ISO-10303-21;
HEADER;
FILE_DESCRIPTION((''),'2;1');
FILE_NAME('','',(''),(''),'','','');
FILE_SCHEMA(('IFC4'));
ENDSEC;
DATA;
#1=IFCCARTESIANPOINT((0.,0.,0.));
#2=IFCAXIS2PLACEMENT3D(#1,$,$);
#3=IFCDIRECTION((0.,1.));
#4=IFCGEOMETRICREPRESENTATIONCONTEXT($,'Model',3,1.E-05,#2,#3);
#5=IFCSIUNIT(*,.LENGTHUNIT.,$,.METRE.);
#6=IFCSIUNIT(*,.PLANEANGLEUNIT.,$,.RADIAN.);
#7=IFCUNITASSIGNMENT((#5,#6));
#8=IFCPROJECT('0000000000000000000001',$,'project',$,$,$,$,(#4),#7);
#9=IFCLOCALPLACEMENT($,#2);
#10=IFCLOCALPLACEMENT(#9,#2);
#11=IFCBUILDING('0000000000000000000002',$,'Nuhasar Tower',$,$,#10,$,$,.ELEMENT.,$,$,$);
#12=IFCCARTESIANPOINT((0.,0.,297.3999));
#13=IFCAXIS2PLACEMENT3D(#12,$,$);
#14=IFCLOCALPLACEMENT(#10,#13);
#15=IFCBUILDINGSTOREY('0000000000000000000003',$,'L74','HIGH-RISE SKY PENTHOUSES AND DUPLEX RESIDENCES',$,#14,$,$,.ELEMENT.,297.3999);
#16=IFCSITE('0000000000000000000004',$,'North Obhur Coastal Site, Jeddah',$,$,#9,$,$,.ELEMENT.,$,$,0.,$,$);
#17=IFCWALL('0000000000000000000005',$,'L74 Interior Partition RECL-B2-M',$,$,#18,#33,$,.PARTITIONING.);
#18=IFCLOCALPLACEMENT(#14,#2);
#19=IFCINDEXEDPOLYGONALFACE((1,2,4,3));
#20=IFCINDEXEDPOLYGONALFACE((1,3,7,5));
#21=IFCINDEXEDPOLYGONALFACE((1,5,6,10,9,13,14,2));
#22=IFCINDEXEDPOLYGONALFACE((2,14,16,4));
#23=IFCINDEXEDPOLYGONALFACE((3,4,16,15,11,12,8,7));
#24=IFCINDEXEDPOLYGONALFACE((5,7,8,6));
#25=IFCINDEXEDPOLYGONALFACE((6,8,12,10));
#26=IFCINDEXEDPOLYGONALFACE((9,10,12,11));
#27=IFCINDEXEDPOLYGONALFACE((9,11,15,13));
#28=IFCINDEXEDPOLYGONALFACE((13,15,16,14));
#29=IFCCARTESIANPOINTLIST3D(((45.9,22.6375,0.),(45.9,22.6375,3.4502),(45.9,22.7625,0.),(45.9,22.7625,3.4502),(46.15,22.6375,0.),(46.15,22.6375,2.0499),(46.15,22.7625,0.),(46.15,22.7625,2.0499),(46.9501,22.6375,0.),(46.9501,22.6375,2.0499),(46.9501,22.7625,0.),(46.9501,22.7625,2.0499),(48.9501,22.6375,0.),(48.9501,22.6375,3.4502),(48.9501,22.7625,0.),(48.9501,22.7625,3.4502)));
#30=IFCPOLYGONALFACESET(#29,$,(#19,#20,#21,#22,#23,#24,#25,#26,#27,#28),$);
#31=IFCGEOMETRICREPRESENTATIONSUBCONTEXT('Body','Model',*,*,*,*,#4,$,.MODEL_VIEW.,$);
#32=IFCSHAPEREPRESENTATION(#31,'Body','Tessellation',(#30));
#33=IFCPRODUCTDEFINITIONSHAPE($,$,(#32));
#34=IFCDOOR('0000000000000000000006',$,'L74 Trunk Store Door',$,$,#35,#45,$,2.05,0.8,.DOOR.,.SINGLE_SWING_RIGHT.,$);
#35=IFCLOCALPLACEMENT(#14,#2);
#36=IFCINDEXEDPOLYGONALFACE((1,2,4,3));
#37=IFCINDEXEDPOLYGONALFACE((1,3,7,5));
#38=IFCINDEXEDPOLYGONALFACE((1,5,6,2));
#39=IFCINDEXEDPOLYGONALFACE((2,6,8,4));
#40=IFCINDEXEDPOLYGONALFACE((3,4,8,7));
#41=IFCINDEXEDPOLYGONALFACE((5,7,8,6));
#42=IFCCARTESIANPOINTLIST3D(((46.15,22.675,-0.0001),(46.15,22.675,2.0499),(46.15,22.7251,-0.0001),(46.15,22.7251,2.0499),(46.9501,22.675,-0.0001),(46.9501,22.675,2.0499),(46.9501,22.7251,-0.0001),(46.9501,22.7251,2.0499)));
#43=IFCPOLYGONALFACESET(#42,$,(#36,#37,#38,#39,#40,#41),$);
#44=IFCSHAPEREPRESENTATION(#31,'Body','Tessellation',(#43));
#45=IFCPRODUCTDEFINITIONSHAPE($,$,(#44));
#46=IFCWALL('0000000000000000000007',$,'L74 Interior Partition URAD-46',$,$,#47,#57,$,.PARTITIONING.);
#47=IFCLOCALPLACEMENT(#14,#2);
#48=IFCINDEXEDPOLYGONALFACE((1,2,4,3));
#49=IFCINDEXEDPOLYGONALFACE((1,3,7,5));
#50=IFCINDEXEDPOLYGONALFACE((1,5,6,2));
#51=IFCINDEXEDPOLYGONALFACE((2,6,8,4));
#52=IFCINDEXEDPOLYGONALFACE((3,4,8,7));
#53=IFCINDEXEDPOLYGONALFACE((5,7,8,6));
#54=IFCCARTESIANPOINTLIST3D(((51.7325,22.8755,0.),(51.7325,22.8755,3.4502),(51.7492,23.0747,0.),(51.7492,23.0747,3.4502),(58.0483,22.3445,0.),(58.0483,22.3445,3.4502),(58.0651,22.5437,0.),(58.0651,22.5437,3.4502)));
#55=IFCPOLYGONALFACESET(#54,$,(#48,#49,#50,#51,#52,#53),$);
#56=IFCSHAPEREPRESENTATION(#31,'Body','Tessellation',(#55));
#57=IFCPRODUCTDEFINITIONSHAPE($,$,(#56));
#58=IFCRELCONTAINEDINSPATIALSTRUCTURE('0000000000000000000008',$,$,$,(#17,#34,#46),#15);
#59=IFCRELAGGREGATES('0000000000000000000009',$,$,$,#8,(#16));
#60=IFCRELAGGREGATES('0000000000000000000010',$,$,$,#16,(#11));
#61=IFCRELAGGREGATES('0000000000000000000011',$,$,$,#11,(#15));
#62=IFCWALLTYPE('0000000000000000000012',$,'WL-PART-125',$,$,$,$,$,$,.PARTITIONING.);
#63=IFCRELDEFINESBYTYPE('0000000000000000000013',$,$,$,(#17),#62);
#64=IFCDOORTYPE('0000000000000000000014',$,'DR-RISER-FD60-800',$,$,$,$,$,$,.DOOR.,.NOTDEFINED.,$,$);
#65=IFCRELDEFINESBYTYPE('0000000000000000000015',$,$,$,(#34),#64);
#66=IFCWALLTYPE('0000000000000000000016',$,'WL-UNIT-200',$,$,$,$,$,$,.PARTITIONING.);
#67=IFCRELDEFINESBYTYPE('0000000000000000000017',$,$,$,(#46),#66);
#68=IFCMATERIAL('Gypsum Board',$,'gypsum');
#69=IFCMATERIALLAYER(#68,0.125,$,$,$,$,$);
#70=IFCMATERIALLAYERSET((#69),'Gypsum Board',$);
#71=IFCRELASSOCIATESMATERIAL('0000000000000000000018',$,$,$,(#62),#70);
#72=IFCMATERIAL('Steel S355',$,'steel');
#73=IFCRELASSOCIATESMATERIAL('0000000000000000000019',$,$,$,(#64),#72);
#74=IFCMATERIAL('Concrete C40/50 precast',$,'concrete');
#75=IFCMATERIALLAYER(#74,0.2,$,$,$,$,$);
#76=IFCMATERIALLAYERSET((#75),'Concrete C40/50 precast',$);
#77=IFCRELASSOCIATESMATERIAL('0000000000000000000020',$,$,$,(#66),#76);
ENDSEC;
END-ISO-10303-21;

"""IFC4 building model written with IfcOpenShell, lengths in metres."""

from ifc_helpers import new_model, si_unit, direction, frame, frame_2d, origin, place, context, subcontext, project, spatial, rectangle, extrude, material, layer, layer_set, type_object, element, fill, save


model = new_model("IFC4")

# Units and contexts
model_context = context("Model", 3, precision=1e-05, world=origin(), true_north=direction((0.0, 1.0)))
body_context = subcontext(model_context, "Body", "Model", "MODEL_VIEW")
ifc_project = project(units=[si_unit("LENGTHUNIT", "METRE"), si_unit("PLANEANGLEUNIT", "RADIAN")], contexts=[model_context])

# Site, building, storey
site_placement = place(None, origin())
site = spatial("IfcSite", under=ifc_project, at=site_placement, Name="North Obhur Coastal Site, Jeddah", CompositionType="ELEMENT", RefElevation=0.0)
building_placement = place(site_placement, origin())
building = spatial("IfcBuilding", under=site, at=building_placement, Name="Nuhasar Tower", CompositionType="ELEMENT")
storey_placement = place(building_placement, frame((0.0, 0.0, 297.3999)))
storey = spatial("IfcBuildingStorey", under=building, at=storey_placement, Name="L74", Description="HIGH-RISE SKY PENTHOUSES AND DUPLEX RESIDENCES", CompositionType="ELEMENT", Elevation=297.3999)

# Shared definitions
ifc_material_1 = material(Name="Steel S355", Category="steel")

# Shared definitions
ifc_material_2 = material(Name="Gypsum Board", Category="gypsum")

# Wall, opening, door
ifc_layer_1 = layer(ifc_material_2, 0.125)
ifc_layer_set_1 = layer_set([ifc_layer_1], Name="Gypsum Board")
wall_type_1 = type_object("IfcWallType", Name="WL-PART-125", PredefinedType="PARTITIONING", material=ifc_layer_set_1)
door_type_1 = type_object("IfcDoorType", Name="DR-RISER-FD60-800", OperationType="NOTDEFINED", PredefinedType="DOOR", material=ifc_material_1)
wall_1_placement = place(storey_placement, frame((48.95, 22.7, 0.0), z_axis=(0.0, 0.0, 1.0), x_axis=(-1.0, 0.0, 0.0)))
wall_1 = element("IfcWall", 1, at=wall_1_placement, inside=storey, type_object=wall_type_1, Name="L74 Interior Partition RECL-B2-M", PredefinedType="PARTITIONING", context=body_context, shape_type="SweptSolid", body=[
    extrude(rectangle(XDim=3.05, YDim=0.125, at=frame_2d((1.5249, 0.0))), origin(), (0.0, 0.0, 1.0), 3.4502),
])
opening_1_placement = place(wall_1_placement, frame((2.0, 0.0, 0.0)))
opening_1 = element("IfcOpeningElement", 2, at=opening_1_placement, cuts=wall_1, PredefinedType="OPENING", context=body_context, shape_type="SweptSolid", body=[
    extrude(rectangle(XDim=0.8, YDim=2.05, at=frame_2d((0.3999, 1.0249))), frame((0.0, 0.0725, 0.0), z_axis=(0.0, -1.0, 0.0), x_axis=(1.0, 0.0, 0.0)), (0.0, 0.0, 1.0), 0.145),
])
door_1_placement = place(opening_1_placement, origin())
door_1 = element("IfcDoor", 3, at=door_1_placement, inside=storey, type_object=door_type_1, Name="L74 Trunk Store Door", OperationType="SINGLE_SWING_RIGHT", OverallHeight=2.05, OverallWidth=0.8, PredefinedType="DOOR", context=body_context, shape_type="SweptSolid", body=[
    extrude(rectangle(XDim=0.8, YDim=2.05, at=frame_2d((0.3999, 1.0249))), frame((0.0, 0.0249, 0.0), z_axis=(0.0, -1.0, 0.0), x_axis=(1.0, 0.0, 0.0)), (0.0, 0.0, 1.0), 0.05),
])
fill(opening_1, door_1)

# Wall
ifc_material_3 = material(Name="Concrete C40/50 precast", Category="concrete")
ifc_layer_2 = layer(ifc_material_3, 0.2)
ifc_layer_set_2 = layer_set([ifc_layer_2], Name="Concrete C40/50 precast")
wall_type_2 = type_object("IfcWallType", Name="WL-UNIT-200", PredefinedType="PARTITIONING", material=ifc_layer_set_2)
wall_2_placement = place(storey_placement, frame((51.741, 22.9751, 0.0), z_axis=(0.0, 0.0, 1.0), x_axis=(0.996484, -0.083779, 0.0)))
element("IfcWall", 4, at=wall_2_placement, inside=storey, type_object=wall_type_2, Name="L74 Interior Partition URAD-46", PredefinedType="PARTITIONING", context=body_context, shape_type="SweptSolid", body=[
    extrude(rectangle(XDim=6.3381, YDim=0.2, at=frame_2d((3.1689, 0.0))), origin(), (0.0, 0.0, 1.0), 3.4502),
])

save(model, "model.ifc")
